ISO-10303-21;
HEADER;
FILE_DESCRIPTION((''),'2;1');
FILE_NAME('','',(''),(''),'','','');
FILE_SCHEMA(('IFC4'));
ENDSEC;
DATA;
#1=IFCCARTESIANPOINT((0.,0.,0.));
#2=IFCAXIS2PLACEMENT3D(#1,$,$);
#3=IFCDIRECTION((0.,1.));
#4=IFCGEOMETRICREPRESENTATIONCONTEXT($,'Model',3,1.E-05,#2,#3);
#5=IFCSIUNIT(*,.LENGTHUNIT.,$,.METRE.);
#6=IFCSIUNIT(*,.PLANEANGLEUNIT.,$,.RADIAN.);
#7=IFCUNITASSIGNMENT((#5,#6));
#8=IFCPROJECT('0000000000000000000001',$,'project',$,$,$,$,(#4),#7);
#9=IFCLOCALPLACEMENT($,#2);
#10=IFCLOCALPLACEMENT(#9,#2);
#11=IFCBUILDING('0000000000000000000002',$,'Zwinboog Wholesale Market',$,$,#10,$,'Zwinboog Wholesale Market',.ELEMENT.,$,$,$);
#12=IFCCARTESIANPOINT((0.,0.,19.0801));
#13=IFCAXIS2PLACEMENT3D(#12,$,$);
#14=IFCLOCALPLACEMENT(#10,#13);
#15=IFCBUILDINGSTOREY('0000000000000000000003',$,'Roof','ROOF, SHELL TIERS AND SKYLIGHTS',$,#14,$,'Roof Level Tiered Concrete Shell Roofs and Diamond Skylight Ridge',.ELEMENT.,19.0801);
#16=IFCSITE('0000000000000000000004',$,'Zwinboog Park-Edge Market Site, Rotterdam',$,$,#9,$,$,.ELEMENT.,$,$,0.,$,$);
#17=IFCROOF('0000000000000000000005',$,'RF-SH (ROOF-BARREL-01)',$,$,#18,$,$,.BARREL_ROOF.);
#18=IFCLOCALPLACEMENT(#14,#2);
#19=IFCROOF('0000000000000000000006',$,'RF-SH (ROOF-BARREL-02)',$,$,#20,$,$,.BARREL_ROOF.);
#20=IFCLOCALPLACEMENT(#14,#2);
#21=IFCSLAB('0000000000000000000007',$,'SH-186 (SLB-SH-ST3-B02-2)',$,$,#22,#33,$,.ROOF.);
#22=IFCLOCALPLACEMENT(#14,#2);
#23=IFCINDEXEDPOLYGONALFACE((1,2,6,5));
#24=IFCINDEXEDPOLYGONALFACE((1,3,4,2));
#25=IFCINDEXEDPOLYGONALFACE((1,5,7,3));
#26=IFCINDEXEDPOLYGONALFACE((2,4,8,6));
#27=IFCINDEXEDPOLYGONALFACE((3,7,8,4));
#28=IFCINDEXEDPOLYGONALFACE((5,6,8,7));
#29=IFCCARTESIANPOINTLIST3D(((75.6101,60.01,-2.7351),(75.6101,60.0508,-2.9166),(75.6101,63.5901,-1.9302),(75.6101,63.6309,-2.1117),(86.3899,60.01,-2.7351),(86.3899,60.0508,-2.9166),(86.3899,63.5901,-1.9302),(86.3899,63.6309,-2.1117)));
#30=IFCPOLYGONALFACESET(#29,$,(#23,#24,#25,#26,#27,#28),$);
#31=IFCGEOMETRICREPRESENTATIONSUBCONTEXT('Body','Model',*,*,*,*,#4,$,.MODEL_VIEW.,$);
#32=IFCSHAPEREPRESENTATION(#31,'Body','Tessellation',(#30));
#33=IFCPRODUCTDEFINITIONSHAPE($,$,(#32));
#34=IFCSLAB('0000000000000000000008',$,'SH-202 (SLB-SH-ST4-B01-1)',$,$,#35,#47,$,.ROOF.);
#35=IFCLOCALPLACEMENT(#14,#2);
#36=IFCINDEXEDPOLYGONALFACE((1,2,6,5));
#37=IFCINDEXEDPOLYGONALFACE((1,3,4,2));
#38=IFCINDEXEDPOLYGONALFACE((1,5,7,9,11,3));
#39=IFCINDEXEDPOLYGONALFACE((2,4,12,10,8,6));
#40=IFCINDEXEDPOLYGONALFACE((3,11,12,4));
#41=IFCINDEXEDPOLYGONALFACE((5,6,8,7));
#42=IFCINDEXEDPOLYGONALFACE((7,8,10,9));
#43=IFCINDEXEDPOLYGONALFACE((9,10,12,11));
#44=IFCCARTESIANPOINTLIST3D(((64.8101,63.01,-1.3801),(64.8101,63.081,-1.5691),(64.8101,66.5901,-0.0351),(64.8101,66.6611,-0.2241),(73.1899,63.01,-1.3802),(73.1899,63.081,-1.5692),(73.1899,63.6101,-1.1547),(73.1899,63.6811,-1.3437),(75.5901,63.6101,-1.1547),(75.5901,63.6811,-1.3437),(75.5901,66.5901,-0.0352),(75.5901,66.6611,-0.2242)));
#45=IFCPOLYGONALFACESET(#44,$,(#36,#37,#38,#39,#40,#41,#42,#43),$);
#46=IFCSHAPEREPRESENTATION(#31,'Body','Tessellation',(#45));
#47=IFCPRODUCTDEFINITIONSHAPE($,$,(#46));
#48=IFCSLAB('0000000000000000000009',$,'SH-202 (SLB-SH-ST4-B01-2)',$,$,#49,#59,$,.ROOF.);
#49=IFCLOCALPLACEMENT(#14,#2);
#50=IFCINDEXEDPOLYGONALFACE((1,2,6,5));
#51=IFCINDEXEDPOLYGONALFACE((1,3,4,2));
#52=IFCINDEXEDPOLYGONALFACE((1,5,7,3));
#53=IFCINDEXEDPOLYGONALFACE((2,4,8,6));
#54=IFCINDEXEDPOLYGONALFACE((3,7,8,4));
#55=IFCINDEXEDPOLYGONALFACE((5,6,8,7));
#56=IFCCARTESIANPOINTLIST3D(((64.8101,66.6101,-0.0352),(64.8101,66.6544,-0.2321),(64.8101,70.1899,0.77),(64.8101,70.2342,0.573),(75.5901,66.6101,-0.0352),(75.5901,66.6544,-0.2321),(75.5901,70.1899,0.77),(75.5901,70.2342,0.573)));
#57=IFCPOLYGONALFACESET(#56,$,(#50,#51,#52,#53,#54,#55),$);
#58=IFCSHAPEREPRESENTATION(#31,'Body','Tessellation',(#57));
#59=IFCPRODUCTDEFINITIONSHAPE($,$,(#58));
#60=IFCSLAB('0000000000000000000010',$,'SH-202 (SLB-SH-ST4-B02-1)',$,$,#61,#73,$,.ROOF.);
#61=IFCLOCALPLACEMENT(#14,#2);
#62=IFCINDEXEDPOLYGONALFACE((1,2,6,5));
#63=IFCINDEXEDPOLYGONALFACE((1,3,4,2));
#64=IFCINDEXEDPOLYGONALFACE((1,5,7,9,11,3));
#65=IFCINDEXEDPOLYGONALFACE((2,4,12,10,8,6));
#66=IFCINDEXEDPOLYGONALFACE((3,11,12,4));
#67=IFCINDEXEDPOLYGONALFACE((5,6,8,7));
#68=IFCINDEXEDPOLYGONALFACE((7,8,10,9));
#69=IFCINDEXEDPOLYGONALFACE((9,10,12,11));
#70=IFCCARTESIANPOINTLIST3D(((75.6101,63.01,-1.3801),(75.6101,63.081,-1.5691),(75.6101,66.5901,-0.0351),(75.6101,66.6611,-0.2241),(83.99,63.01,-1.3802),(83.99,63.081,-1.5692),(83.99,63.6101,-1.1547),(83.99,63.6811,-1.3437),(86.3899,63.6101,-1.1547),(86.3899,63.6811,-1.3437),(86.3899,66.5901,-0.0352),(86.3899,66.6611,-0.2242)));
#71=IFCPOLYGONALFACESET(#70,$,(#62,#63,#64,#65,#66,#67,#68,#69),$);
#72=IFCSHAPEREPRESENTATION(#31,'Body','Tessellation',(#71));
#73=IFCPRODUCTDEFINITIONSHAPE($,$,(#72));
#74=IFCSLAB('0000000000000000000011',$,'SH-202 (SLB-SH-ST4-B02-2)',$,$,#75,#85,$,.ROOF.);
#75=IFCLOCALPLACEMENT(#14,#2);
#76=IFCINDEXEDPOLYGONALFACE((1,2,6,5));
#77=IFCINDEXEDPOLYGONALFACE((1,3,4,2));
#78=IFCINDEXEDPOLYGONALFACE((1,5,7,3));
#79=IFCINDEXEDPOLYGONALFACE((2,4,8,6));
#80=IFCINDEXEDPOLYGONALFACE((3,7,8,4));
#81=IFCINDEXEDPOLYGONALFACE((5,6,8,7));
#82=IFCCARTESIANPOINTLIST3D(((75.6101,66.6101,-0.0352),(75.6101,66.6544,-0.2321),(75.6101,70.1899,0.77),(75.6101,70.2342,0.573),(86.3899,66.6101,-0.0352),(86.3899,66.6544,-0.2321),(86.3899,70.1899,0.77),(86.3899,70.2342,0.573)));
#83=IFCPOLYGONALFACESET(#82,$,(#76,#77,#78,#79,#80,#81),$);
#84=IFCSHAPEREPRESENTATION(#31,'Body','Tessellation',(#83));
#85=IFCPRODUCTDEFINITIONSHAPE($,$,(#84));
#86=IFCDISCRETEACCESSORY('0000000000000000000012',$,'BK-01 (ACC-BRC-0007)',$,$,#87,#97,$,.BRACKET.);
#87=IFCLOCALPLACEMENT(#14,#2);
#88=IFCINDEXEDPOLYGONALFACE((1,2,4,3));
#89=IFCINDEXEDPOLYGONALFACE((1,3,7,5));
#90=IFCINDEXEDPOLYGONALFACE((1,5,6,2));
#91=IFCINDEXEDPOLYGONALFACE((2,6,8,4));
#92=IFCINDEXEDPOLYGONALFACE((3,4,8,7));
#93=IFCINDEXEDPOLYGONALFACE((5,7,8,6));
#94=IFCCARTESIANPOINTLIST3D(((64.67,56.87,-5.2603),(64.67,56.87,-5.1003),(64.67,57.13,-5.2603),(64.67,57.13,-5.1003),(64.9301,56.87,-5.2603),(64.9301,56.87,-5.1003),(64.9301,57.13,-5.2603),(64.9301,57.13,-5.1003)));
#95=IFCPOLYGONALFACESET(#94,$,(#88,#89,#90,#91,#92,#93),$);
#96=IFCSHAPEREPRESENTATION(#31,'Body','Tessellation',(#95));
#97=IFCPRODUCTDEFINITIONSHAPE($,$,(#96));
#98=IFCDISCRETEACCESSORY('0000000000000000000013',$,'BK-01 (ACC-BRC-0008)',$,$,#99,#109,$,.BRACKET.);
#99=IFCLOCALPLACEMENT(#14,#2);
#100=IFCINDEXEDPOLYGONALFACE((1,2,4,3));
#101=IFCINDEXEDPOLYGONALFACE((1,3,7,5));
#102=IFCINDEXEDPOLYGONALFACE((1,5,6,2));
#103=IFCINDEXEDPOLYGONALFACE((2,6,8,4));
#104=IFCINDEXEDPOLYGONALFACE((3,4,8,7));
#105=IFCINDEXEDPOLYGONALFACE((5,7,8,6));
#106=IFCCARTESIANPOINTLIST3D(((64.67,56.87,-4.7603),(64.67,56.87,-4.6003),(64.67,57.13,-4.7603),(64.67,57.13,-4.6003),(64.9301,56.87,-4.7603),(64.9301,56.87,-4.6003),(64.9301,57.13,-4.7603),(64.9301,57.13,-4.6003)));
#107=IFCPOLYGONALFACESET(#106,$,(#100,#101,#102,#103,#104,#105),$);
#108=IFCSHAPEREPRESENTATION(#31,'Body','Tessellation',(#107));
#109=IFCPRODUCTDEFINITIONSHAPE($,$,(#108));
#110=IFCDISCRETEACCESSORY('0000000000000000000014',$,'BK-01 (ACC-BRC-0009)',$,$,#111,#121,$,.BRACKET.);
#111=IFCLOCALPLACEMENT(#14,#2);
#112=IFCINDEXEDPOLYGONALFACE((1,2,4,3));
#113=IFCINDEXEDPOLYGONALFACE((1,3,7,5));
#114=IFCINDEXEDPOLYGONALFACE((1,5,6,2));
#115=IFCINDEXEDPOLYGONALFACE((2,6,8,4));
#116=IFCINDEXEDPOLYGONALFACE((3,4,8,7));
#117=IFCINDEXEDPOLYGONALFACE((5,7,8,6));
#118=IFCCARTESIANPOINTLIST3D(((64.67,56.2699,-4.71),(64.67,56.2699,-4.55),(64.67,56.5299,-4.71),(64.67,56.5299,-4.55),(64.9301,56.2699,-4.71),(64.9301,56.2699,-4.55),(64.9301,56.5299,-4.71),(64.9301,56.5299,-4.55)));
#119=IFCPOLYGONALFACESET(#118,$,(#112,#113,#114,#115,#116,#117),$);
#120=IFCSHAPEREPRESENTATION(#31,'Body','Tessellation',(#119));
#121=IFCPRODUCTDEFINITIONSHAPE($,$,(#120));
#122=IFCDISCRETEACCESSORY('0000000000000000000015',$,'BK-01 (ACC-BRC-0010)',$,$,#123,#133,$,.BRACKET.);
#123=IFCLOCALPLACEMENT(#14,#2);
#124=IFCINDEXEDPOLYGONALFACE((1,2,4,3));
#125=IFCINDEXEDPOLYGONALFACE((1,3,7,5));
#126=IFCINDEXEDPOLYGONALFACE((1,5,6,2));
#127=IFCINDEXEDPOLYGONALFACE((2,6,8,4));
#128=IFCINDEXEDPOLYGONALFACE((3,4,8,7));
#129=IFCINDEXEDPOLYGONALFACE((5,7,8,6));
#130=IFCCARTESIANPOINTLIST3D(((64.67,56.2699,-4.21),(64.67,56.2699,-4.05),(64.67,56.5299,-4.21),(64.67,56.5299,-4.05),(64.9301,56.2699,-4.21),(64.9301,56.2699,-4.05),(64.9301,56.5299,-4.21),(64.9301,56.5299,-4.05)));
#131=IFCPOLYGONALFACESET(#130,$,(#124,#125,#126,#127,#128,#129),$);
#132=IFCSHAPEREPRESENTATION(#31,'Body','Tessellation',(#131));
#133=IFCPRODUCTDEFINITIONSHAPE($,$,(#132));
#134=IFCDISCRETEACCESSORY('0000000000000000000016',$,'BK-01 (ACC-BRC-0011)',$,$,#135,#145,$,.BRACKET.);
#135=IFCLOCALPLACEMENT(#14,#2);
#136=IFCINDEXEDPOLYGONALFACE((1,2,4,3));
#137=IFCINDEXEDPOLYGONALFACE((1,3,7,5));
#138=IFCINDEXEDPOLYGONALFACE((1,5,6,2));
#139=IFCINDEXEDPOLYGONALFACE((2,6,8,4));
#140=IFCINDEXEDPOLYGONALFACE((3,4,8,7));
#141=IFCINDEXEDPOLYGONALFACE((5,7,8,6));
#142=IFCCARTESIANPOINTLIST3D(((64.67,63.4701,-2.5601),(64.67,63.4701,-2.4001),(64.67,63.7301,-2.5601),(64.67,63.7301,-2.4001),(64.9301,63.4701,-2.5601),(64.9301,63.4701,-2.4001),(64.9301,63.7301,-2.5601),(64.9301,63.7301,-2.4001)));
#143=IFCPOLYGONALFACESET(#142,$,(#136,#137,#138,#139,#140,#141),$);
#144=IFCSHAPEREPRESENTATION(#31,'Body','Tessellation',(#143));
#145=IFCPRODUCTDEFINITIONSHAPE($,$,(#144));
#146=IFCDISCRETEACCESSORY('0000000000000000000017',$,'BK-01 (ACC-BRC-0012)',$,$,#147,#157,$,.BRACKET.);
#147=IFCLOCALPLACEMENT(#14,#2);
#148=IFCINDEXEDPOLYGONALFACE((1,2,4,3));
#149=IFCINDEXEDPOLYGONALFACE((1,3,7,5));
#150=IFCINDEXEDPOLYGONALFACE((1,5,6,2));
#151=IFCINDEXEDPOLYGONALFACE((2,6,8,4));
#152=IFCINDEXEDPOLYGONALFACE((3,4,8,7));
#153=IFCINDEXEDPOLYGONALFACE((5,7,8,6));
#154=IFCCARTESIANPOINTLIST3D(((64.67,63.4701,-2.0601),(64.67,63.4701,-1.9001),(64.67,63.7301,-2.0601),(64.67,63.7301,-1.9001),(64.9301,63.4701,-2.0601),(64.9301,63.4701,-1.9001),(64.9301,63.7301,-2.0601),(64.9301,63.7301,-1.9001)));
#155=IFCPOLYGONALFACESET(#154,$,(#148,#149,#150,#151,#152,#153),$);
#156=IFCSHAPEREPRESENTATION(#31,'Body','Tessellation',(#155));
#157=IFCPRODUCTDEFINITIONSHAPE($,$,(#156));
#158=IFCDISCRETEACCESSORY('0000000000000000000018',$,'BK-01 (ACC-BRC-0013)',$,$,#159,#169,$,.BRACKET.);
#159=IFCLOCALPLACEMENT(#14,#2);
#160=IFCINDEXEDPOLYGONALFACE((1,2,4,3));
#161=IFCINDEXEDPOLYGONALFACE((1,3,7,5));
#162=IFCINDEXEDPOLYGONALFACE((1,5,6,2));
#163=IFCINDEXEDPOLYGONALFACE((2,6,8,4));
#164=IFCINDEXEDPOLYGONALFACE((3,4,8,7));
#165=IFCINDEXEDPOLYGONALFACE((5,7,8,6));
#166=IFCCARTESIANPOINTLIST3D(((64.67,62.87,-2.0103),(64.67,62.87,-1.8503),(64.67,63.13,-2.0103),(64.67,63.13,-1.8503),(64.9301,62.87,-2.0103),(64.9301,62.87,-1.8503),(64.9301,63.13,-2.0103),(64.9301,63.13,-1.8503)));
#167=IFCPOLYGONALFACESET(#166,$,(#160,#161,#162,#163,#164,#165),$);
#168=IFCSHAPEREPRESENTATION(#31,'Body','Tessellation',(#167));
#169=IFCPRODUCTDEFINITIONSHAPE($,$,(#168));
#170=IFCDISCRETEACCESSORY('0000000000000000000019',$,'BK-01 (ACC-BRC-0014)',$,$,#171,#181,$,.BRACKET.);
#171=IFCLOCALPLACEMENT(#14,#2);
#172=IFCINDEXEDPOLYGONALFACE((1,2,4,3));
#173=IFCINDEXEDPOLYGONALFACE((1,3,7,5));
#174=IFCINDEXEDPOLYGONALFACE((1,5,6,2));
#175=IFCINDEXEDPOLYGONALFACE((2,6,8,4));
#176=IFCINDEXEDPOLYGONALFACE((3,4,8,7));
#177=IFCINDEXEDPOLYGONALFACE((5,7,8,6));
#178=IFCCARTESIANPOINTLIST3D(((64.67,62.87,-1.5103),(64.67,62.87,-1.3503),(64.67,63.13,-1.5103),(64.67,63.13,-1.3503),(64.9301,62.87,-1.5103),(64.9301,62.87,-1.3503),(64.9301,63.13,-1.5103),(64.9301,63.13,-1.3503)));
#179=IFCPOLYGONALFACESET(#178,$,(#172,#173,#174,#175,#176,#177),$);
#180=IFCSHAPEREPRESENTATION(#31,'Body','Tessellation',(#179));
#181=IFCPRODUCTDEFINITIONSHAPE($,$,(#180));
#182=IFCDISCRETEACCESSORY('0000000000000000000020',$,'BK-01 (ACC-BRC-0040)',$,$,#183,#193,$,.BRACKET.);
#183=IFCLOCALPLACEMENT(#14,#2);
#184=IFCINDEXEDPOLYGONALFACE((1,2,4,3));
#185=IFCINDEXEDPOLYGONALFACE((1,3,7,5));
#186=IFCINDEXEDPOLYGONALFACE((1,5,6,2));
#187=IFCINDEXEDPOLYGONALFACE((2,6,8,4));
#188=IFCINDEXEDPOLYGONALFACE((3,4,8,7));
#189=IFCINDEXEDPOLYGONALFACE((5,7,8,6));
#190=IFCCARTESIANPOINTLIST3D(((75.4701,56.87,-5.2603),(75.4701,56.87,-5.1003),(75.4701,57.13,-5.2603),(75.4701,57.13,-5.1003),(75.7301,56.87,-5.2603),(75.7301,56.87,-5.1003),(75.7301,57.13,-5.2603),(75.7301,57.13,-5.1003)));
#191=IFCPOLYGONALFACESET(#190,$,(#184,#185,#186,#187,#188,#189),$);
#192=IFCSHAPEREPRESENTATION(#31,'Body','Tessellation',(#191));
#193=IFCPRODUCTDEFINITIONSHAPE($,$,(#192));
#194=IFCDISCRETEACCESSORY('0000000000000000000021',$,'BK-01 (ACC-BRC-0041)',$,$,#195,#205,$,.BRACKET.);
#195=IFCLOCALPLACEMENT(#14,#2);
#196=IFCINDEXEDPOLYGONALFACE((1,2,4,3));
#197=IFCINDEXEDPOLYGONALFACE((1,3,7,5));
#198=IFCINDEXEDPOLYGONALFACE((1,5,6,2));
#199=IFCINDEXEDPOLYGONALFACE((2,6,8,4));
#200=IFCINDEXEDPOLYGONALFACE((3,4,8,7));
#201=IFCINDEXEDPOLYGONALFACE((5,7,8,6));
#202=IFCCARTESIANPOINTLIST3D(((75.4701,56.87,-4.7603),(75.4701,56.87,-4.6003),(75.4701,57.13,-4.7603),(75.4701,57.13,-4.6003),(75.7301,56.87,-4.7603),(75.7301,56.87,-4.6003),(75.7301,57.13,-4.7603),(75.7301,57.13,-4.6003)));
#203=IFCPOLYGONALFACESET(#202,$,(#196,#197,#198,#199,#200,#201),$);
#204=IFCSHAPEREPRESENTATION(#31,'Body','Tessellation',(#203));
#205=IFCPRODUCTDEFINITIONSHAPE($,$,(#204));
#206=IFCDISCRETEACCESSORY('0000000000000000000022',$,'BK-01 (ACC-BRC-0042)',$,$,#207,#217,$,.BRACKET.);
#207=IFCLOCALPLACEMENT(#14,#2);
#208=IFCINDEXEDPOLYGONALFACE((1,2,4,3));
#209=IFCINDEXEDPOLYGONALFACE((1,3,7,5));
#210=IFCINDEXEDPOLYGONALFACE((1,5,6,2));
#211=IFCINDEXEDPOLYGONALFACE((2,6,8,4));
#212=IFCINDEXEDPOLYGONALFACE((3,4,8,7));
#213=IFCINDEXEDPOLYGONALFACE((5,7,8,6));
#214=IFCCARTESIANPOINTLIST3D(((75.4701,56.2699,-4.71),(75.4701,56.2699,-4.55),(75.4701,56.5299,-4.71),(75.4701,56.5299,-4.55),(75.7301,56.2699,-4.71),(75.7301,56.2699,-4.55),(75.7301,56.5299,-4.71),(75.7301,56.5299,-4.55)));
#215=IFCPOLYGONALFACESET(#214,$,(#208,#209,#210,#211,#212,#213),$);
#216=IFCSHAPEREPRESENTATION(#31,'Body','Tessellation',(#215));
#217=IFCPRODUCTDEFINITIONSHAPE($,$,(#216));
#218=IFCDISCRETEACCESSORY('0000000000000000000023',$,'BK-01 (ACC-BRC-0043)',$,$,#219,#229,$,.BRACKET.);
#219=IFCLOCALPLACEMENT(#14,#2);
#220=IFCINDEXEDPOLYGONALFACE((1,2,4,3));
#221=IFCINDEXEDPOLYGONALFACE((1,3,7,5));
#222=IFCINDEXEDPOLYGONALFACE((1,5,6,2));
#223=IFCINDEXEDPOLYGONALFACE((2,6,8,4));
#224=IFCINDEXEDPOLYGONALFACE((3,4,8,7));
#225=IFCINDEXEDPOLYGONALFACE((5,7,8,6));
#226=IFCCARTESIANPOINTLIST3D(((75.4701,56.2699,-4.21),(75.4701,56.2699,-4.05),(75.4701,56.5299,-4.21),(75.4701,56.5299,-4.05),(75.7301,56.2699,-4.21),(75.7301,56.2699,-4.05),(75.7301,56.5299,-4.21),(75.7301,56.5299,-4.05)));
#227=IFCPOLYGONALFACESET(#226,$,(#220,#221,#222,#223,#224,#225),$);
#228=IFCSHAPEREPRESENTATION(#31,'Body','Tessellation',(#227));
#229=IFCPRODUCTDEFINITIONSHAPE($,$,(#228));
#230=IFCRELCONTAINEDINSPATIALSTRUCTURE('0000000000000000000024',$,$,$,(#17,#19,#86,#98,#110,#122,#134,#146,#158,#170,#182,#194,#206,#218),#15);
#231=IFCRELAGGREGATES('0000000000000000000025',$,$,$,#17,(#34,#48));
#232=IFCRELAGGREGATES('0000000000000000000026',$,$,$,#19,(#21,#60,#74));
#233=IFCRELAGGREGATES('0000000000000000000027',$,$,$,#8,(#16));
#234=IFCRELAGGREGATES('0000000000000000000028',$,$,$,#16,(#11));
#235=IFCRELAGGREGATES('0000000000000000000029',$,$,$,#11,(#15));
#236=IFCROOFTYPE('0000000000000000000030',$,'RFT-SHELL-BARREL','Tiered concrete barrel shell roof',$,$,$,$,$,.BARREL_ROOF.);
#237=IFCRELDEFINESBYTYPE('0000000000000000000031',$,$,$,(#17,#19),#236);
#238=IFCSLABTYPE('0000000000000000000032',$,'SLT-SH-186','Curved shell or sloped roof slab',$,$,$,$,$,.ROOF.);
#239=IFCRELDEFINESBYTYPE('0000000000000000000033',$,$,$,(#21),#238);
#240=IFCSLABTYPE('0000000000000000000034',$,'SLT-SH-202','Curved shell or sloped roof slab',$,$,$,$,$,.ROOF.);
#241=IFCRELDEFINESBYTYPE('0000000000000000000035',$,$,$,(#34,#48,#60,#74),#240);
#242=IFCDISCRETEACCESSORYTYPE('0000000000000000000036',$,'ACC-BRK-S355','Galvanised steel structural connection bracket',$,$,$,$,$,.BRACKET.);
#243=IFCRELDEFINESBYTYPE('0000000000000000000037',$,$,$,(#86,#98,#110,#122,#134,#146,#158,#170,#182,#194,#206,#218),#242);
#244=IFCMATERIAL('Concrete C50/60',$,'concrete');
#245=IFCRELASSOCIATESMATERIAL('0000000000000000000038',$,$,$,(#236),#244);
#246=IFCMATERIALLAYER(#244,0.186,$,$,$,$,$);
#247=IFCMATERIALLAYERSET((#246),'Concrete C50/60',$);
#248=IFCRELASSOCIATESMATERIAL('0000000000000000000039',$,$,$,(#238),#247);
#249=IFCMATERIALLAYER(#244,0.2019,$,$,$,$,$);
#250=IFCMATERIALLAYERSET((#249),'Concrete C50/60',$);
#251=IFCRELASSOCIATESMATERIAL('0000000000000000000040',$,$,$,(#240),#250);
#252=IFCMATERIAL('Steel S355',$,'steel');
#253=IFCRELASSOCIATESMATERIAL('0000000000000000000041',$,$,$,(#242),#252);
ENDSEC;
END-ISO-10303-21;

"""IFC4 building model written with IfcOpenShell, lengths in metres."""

from ifc_helpers import new_model, si_unit, direction, frame, origin, origin_2d, place, context, subcontext, project, spatial, polyline, rectangle, outline, extrude, material, layer, layer_set, type_object, element, aggregate, save


model = new_model("IFC4")

# Units and contexts
model_context = context("Model", 3, precision=1e-05, world=origin(), true_north=direction((0.0, 1.0)))
body_context = subcontext(model_context, "Body", "Model", "MODEL_VIEW")
ifc_project = project(units=[si_unit("LENGTHUNIT", "METRE"), si_unit("PLANEANGLEUNIT", "RADIAN")], contexts=[model_context])

# Site, building, storey
site_placement = place(None, origin())
site = spatial("IfcSite", under=ifc_project, at=site_placement, Name="Zwinboog Park-Edge Market Site, Rotterdam", CompositionType="ELEMENT", RefElevation=0.0)
building_placement = place(site_placement, origin())
building = spatial("IfcBuilding", under=site, at=building_placement, Name="Zwinboog Wholesale Market", LongName="Zwinboog Wholesale Market", CompositionType="ELEMENT")
storey_placement = place(building_placement, frame((0.0, 0.0, 19.0801)))
storey = spatial("IfcBuildingStorey", under=building, at=storey_placement, Name="Roof", Description="ROOF, SHELL TIERS AND SKYLIGHTS", LongName="Roof Level Tiered Concrete Shell Roofs and Diamond Skylight Ridge", CompositionType="ELEMENT", Elevation=19.0801)

# Shared definitions
ifc_material_1 = material(Name="Steel S355", Category="steel")

# Roofs, slab
ifc_material_2 = material(Name="Concrete C50/60", Category="concrete")
roof_type = type_object("IfcRoofType", Name="RFT-SHELL-BARREL", Description="Tiered concrete barrel shell roof", PredefinedType="BARREL_ROOF", material=ifc_material_2)
roof_1_placement = place(storey_placement, origin())
roof_1 = element("IfcRoof", 1, at=roof_1_placement, inside=storey, type_object=roof_type, Name="RF-SH (ROOF-BARREL-01)", PredefinedType="BARREL_ROOF")
ifc_layer_1 = layer(ifc_material_2, 0.186)
ifc_layer_set_1 = layer_set([ifc_layer_1], Name="Concrete C50/60")
slab_type_1 = type_object("IfcSlabType", Name="SLT-SH-186", Description="Curved shell or sloped roof slab", PredefinedType="ROOF", material=ifc_layer_set_1)
roof_2_placement = place(storey_placement, origin())
roof_2 = element("IfcRoof", 2, at=roof_2_placement, inside=storey, type_object=roof_type, Name="RF-SH (ROOF-BARREL-02)", PredefinedType="BARREL_ROOF")
slab_1_placement = place(storey_placement, frame((75.6101, 60.01, -2.7351), z_axis=(0.0, -0.21936, 0.975644), x_axis=(1.0, 0.0, 0.0)))
slab_1 = element("IfcSlab", 3, at=slab_1_placement, type_object=slab_type_1, Name="SH-186 (SLB-SH-ST3-B02-2)", PredefinedType="ROOF", context=body_context, shape_type="SweptSolid", body=[
    extrude(outline(polyline([(0.0, 0.0), (10.7798, 0.0), (10.7798, 3.6695), (0.0, 3.6695), (0.0, 0.0)])), origin(), (0.0, 0.0, -1.0), 0.186),
])

# Slabs
ifc_layer_2 = layer(ifc_material_2, 0.2019)
ifc_layer_set_2 = layer_set([ifc_layer_2], Name="Concrete C50/60")
slab_type_2 = type_object("IfcSlabType", Name="SLT-SH-202", Description="Curved shell or sloped roof slab", PredefinedType="ROOF", material=ifc_layer_set_2)
slab_2_placement = place(storey_placement, frame((64.8101, 63.01, -1.3801), z_axis=(0.000005, -0.351689, 0.936117), x_axis=(1.0, 0.000002, -0.000004)))
slab_2 = element("IfcSlab", 4, at=slab_2_placement, type_object=slab_type_2, Name="SH-202 (SLB-SH-ST4-B01-1)", PredefinedType="ROOF", context=body_context, shape_type="SweptSolid", body=[
    extrude(outline(polyline([(0.0, 0.0), (8.3799, 0.0), (8.3799, 0.641), (10.78, 0.641), (10.78, 3.8244), (0.0, 3.8244), (0.0, 0.0)])), origin(), (0.0, 0.0, -1.0), 0.2019),
])
slab_3_placement = place(storey_placement, frame((64.8101, 66.6101, -0.0352), z_axis=(0.0, -0.219438, 0.975626), x_axis=(1.0, 0.0, 0.0)))
slab_3 = element("IfcSlab", 5, at=slab_3_placement, type_object=slab_type_2, Name="SH-202 (SLB-SH-ST4-B01-2)", PredefinedType="ROOF", context=body_context, shape_type="SweptSolid", body=[
    extrude(outline(polyline([(0.0, 0.0), (10.78, 0.0), (10.78, 3.6693), (0.0, 3.6693), (0.0, 0.0)])), origin(), (0.0, 0.0, -1.0), 0.2019),
])
aggregate(roof_1, [slab_2, slab_3])
slab_4_placement = place(storey_placement, frame((75.6101, 63.01, -1.3801), z_axis=(0.000005, -0.351689, 0.936117), x_axis=(1.0, 0.000002, -0.000004)))
slab_4 = element("IfcSlab", 6, at=slab_4_placement, type_object=slab_type_2, Name="SH-202 (SLB-SH-ST4-B02-1)", PredefinedType="ROOF", context=body_context, shape_type="SweptSolid", body=[
    extrude(outline(polyline([(0.0, 0.0), (8.3799, 0.0), (8.3799, 0.641), (10.7798, 0.641), (10.7798, 3.8244), (0.0, 3.8244), (0.0, 0.0)])), origin(), (0.0, 0.0, -1.0), 0.2019),
])
slab_5_placement = place(storey_placement, frame((75.6101, 66.6101, -0.0352), z_axis=(0.0, -0.219438, 0.975626), x_axis=(1.0, 0.0, 0.0)))
slab_5 = element("IfcSlab", 7, at=slab_5_placement, type_object=slab_type_2, Name="SH-202 (SLB-SH-ST4-B02-2)", PredefinedType="ROOF", context=body_context, shape_type="SweptSolid", body=[
    extrude(outline(polyline([(0.0, 0.0), (10.7798, 0.0), (10.7798, 3.6693), (0.0, 3.6693), (0.0, 0.0)])), origin(), (0.0, 0.0, -1.0), 0.2019),
])
aggregate(roof_2, [slab_1, slab_4, slab_5])

# Discrete accessories
discrete_accessory_type = type_object("IfcDiscreteAccessoryType", Name="ACC-BRK-S355", Description="Galvanised steel structural connection bracket", PredefinedType="BRACKET", material=ifc_material_1)
for number, where, z_axis, x_axis, name in (
    (8, (64.8, 57.0, -5.2603), (0.0, 0.0, 1.0), (1.0, 0.0, 0.0), "BK-01 (ACC-BRC-0007)"),
    (9, (64.8, 57.0, -4.7603), (0.0, 0.0, 1.0), (1.0, 0.0, 0.0), "BK-01 (ACC-BRC-0008)"),
    (10, (64.8, 56.3999, -4.71), (0.0, 0.0, 1.0), (1.0, 0.0, 0.0), "BK-01 (ACC-BRC-0009)"),
    (11, (64.8, 56.3999, -4.21), (0.0, 0.0, 1.0), (1.0, 0.0, 0.0), "BK-01 (ACC-BRC-0010)"),
    (12, (64.8, 63.6001, -2.5601), (0.0, 0.0, 1.0), (1.0, 0.0, 0.0), "BK-01 (ACC-BRC-0011)"),
    (13, (64.8, 63.6001, -2.0601), (0.0, 0.0, 1.0), (1.0, 0.0, 0.0), "BK-01 (ACC-BRC-0012)"),
    (14, (64.8, 63.0, -2.0103), (0.0, 0.0, 1.0), (1.0, 0.0, 0.0), "BK-01 (ACC-BRC-0013)"),
    (15, (64.8, 63.0, -1.5103), (0.0, 0.0, 1.0), (1.0, 0.0, 0.0), "BK-01 (ACC-BRC-0014)"),
    (16, (75.6001, 57.0, -5.2603), (0.0, 0.0, 1.0), (1.0, 0.0, 0.0), "BK-01 (ACC-BRC-0040)"),
    (17, (75.6001, 57.0, -4.7603), (0.0, 0.0, 1.0), (1.0, 0.0, 0.0), "BK-01 (ACC-BRC-0041)"),
    (18, (75.6001, 56.3999, -4.71), (0.0, 0.0, 1.0), (1.0, 0.0, 0.0), "BK-01 (ACC-BRC-0042)"),
    (19, (75.6001, 56.3999, -4.21), (0.0, 0.0, 1.0), (1.0, 0.0, 0.0), "BK-01 (ACC-BRC-0043)"),
):
    element("IfcDiscreteAccessory", number, at=place(storey_placement, frame(where, z_axis=z_axis, x_axis=x_axis)), inside=storey, type_object=discrete_accessory_type, Name=name, PredefinedType="BRACKET", context=body_context, shape_type="SweptSolid", body=[
        extrude(rectangle(XDim=0.26, YDim=0.26, at=origin_2d()), origin(), (0.0, 0.0, 1.0), 0.1599),
    ])

save(model, "model.ifc")
